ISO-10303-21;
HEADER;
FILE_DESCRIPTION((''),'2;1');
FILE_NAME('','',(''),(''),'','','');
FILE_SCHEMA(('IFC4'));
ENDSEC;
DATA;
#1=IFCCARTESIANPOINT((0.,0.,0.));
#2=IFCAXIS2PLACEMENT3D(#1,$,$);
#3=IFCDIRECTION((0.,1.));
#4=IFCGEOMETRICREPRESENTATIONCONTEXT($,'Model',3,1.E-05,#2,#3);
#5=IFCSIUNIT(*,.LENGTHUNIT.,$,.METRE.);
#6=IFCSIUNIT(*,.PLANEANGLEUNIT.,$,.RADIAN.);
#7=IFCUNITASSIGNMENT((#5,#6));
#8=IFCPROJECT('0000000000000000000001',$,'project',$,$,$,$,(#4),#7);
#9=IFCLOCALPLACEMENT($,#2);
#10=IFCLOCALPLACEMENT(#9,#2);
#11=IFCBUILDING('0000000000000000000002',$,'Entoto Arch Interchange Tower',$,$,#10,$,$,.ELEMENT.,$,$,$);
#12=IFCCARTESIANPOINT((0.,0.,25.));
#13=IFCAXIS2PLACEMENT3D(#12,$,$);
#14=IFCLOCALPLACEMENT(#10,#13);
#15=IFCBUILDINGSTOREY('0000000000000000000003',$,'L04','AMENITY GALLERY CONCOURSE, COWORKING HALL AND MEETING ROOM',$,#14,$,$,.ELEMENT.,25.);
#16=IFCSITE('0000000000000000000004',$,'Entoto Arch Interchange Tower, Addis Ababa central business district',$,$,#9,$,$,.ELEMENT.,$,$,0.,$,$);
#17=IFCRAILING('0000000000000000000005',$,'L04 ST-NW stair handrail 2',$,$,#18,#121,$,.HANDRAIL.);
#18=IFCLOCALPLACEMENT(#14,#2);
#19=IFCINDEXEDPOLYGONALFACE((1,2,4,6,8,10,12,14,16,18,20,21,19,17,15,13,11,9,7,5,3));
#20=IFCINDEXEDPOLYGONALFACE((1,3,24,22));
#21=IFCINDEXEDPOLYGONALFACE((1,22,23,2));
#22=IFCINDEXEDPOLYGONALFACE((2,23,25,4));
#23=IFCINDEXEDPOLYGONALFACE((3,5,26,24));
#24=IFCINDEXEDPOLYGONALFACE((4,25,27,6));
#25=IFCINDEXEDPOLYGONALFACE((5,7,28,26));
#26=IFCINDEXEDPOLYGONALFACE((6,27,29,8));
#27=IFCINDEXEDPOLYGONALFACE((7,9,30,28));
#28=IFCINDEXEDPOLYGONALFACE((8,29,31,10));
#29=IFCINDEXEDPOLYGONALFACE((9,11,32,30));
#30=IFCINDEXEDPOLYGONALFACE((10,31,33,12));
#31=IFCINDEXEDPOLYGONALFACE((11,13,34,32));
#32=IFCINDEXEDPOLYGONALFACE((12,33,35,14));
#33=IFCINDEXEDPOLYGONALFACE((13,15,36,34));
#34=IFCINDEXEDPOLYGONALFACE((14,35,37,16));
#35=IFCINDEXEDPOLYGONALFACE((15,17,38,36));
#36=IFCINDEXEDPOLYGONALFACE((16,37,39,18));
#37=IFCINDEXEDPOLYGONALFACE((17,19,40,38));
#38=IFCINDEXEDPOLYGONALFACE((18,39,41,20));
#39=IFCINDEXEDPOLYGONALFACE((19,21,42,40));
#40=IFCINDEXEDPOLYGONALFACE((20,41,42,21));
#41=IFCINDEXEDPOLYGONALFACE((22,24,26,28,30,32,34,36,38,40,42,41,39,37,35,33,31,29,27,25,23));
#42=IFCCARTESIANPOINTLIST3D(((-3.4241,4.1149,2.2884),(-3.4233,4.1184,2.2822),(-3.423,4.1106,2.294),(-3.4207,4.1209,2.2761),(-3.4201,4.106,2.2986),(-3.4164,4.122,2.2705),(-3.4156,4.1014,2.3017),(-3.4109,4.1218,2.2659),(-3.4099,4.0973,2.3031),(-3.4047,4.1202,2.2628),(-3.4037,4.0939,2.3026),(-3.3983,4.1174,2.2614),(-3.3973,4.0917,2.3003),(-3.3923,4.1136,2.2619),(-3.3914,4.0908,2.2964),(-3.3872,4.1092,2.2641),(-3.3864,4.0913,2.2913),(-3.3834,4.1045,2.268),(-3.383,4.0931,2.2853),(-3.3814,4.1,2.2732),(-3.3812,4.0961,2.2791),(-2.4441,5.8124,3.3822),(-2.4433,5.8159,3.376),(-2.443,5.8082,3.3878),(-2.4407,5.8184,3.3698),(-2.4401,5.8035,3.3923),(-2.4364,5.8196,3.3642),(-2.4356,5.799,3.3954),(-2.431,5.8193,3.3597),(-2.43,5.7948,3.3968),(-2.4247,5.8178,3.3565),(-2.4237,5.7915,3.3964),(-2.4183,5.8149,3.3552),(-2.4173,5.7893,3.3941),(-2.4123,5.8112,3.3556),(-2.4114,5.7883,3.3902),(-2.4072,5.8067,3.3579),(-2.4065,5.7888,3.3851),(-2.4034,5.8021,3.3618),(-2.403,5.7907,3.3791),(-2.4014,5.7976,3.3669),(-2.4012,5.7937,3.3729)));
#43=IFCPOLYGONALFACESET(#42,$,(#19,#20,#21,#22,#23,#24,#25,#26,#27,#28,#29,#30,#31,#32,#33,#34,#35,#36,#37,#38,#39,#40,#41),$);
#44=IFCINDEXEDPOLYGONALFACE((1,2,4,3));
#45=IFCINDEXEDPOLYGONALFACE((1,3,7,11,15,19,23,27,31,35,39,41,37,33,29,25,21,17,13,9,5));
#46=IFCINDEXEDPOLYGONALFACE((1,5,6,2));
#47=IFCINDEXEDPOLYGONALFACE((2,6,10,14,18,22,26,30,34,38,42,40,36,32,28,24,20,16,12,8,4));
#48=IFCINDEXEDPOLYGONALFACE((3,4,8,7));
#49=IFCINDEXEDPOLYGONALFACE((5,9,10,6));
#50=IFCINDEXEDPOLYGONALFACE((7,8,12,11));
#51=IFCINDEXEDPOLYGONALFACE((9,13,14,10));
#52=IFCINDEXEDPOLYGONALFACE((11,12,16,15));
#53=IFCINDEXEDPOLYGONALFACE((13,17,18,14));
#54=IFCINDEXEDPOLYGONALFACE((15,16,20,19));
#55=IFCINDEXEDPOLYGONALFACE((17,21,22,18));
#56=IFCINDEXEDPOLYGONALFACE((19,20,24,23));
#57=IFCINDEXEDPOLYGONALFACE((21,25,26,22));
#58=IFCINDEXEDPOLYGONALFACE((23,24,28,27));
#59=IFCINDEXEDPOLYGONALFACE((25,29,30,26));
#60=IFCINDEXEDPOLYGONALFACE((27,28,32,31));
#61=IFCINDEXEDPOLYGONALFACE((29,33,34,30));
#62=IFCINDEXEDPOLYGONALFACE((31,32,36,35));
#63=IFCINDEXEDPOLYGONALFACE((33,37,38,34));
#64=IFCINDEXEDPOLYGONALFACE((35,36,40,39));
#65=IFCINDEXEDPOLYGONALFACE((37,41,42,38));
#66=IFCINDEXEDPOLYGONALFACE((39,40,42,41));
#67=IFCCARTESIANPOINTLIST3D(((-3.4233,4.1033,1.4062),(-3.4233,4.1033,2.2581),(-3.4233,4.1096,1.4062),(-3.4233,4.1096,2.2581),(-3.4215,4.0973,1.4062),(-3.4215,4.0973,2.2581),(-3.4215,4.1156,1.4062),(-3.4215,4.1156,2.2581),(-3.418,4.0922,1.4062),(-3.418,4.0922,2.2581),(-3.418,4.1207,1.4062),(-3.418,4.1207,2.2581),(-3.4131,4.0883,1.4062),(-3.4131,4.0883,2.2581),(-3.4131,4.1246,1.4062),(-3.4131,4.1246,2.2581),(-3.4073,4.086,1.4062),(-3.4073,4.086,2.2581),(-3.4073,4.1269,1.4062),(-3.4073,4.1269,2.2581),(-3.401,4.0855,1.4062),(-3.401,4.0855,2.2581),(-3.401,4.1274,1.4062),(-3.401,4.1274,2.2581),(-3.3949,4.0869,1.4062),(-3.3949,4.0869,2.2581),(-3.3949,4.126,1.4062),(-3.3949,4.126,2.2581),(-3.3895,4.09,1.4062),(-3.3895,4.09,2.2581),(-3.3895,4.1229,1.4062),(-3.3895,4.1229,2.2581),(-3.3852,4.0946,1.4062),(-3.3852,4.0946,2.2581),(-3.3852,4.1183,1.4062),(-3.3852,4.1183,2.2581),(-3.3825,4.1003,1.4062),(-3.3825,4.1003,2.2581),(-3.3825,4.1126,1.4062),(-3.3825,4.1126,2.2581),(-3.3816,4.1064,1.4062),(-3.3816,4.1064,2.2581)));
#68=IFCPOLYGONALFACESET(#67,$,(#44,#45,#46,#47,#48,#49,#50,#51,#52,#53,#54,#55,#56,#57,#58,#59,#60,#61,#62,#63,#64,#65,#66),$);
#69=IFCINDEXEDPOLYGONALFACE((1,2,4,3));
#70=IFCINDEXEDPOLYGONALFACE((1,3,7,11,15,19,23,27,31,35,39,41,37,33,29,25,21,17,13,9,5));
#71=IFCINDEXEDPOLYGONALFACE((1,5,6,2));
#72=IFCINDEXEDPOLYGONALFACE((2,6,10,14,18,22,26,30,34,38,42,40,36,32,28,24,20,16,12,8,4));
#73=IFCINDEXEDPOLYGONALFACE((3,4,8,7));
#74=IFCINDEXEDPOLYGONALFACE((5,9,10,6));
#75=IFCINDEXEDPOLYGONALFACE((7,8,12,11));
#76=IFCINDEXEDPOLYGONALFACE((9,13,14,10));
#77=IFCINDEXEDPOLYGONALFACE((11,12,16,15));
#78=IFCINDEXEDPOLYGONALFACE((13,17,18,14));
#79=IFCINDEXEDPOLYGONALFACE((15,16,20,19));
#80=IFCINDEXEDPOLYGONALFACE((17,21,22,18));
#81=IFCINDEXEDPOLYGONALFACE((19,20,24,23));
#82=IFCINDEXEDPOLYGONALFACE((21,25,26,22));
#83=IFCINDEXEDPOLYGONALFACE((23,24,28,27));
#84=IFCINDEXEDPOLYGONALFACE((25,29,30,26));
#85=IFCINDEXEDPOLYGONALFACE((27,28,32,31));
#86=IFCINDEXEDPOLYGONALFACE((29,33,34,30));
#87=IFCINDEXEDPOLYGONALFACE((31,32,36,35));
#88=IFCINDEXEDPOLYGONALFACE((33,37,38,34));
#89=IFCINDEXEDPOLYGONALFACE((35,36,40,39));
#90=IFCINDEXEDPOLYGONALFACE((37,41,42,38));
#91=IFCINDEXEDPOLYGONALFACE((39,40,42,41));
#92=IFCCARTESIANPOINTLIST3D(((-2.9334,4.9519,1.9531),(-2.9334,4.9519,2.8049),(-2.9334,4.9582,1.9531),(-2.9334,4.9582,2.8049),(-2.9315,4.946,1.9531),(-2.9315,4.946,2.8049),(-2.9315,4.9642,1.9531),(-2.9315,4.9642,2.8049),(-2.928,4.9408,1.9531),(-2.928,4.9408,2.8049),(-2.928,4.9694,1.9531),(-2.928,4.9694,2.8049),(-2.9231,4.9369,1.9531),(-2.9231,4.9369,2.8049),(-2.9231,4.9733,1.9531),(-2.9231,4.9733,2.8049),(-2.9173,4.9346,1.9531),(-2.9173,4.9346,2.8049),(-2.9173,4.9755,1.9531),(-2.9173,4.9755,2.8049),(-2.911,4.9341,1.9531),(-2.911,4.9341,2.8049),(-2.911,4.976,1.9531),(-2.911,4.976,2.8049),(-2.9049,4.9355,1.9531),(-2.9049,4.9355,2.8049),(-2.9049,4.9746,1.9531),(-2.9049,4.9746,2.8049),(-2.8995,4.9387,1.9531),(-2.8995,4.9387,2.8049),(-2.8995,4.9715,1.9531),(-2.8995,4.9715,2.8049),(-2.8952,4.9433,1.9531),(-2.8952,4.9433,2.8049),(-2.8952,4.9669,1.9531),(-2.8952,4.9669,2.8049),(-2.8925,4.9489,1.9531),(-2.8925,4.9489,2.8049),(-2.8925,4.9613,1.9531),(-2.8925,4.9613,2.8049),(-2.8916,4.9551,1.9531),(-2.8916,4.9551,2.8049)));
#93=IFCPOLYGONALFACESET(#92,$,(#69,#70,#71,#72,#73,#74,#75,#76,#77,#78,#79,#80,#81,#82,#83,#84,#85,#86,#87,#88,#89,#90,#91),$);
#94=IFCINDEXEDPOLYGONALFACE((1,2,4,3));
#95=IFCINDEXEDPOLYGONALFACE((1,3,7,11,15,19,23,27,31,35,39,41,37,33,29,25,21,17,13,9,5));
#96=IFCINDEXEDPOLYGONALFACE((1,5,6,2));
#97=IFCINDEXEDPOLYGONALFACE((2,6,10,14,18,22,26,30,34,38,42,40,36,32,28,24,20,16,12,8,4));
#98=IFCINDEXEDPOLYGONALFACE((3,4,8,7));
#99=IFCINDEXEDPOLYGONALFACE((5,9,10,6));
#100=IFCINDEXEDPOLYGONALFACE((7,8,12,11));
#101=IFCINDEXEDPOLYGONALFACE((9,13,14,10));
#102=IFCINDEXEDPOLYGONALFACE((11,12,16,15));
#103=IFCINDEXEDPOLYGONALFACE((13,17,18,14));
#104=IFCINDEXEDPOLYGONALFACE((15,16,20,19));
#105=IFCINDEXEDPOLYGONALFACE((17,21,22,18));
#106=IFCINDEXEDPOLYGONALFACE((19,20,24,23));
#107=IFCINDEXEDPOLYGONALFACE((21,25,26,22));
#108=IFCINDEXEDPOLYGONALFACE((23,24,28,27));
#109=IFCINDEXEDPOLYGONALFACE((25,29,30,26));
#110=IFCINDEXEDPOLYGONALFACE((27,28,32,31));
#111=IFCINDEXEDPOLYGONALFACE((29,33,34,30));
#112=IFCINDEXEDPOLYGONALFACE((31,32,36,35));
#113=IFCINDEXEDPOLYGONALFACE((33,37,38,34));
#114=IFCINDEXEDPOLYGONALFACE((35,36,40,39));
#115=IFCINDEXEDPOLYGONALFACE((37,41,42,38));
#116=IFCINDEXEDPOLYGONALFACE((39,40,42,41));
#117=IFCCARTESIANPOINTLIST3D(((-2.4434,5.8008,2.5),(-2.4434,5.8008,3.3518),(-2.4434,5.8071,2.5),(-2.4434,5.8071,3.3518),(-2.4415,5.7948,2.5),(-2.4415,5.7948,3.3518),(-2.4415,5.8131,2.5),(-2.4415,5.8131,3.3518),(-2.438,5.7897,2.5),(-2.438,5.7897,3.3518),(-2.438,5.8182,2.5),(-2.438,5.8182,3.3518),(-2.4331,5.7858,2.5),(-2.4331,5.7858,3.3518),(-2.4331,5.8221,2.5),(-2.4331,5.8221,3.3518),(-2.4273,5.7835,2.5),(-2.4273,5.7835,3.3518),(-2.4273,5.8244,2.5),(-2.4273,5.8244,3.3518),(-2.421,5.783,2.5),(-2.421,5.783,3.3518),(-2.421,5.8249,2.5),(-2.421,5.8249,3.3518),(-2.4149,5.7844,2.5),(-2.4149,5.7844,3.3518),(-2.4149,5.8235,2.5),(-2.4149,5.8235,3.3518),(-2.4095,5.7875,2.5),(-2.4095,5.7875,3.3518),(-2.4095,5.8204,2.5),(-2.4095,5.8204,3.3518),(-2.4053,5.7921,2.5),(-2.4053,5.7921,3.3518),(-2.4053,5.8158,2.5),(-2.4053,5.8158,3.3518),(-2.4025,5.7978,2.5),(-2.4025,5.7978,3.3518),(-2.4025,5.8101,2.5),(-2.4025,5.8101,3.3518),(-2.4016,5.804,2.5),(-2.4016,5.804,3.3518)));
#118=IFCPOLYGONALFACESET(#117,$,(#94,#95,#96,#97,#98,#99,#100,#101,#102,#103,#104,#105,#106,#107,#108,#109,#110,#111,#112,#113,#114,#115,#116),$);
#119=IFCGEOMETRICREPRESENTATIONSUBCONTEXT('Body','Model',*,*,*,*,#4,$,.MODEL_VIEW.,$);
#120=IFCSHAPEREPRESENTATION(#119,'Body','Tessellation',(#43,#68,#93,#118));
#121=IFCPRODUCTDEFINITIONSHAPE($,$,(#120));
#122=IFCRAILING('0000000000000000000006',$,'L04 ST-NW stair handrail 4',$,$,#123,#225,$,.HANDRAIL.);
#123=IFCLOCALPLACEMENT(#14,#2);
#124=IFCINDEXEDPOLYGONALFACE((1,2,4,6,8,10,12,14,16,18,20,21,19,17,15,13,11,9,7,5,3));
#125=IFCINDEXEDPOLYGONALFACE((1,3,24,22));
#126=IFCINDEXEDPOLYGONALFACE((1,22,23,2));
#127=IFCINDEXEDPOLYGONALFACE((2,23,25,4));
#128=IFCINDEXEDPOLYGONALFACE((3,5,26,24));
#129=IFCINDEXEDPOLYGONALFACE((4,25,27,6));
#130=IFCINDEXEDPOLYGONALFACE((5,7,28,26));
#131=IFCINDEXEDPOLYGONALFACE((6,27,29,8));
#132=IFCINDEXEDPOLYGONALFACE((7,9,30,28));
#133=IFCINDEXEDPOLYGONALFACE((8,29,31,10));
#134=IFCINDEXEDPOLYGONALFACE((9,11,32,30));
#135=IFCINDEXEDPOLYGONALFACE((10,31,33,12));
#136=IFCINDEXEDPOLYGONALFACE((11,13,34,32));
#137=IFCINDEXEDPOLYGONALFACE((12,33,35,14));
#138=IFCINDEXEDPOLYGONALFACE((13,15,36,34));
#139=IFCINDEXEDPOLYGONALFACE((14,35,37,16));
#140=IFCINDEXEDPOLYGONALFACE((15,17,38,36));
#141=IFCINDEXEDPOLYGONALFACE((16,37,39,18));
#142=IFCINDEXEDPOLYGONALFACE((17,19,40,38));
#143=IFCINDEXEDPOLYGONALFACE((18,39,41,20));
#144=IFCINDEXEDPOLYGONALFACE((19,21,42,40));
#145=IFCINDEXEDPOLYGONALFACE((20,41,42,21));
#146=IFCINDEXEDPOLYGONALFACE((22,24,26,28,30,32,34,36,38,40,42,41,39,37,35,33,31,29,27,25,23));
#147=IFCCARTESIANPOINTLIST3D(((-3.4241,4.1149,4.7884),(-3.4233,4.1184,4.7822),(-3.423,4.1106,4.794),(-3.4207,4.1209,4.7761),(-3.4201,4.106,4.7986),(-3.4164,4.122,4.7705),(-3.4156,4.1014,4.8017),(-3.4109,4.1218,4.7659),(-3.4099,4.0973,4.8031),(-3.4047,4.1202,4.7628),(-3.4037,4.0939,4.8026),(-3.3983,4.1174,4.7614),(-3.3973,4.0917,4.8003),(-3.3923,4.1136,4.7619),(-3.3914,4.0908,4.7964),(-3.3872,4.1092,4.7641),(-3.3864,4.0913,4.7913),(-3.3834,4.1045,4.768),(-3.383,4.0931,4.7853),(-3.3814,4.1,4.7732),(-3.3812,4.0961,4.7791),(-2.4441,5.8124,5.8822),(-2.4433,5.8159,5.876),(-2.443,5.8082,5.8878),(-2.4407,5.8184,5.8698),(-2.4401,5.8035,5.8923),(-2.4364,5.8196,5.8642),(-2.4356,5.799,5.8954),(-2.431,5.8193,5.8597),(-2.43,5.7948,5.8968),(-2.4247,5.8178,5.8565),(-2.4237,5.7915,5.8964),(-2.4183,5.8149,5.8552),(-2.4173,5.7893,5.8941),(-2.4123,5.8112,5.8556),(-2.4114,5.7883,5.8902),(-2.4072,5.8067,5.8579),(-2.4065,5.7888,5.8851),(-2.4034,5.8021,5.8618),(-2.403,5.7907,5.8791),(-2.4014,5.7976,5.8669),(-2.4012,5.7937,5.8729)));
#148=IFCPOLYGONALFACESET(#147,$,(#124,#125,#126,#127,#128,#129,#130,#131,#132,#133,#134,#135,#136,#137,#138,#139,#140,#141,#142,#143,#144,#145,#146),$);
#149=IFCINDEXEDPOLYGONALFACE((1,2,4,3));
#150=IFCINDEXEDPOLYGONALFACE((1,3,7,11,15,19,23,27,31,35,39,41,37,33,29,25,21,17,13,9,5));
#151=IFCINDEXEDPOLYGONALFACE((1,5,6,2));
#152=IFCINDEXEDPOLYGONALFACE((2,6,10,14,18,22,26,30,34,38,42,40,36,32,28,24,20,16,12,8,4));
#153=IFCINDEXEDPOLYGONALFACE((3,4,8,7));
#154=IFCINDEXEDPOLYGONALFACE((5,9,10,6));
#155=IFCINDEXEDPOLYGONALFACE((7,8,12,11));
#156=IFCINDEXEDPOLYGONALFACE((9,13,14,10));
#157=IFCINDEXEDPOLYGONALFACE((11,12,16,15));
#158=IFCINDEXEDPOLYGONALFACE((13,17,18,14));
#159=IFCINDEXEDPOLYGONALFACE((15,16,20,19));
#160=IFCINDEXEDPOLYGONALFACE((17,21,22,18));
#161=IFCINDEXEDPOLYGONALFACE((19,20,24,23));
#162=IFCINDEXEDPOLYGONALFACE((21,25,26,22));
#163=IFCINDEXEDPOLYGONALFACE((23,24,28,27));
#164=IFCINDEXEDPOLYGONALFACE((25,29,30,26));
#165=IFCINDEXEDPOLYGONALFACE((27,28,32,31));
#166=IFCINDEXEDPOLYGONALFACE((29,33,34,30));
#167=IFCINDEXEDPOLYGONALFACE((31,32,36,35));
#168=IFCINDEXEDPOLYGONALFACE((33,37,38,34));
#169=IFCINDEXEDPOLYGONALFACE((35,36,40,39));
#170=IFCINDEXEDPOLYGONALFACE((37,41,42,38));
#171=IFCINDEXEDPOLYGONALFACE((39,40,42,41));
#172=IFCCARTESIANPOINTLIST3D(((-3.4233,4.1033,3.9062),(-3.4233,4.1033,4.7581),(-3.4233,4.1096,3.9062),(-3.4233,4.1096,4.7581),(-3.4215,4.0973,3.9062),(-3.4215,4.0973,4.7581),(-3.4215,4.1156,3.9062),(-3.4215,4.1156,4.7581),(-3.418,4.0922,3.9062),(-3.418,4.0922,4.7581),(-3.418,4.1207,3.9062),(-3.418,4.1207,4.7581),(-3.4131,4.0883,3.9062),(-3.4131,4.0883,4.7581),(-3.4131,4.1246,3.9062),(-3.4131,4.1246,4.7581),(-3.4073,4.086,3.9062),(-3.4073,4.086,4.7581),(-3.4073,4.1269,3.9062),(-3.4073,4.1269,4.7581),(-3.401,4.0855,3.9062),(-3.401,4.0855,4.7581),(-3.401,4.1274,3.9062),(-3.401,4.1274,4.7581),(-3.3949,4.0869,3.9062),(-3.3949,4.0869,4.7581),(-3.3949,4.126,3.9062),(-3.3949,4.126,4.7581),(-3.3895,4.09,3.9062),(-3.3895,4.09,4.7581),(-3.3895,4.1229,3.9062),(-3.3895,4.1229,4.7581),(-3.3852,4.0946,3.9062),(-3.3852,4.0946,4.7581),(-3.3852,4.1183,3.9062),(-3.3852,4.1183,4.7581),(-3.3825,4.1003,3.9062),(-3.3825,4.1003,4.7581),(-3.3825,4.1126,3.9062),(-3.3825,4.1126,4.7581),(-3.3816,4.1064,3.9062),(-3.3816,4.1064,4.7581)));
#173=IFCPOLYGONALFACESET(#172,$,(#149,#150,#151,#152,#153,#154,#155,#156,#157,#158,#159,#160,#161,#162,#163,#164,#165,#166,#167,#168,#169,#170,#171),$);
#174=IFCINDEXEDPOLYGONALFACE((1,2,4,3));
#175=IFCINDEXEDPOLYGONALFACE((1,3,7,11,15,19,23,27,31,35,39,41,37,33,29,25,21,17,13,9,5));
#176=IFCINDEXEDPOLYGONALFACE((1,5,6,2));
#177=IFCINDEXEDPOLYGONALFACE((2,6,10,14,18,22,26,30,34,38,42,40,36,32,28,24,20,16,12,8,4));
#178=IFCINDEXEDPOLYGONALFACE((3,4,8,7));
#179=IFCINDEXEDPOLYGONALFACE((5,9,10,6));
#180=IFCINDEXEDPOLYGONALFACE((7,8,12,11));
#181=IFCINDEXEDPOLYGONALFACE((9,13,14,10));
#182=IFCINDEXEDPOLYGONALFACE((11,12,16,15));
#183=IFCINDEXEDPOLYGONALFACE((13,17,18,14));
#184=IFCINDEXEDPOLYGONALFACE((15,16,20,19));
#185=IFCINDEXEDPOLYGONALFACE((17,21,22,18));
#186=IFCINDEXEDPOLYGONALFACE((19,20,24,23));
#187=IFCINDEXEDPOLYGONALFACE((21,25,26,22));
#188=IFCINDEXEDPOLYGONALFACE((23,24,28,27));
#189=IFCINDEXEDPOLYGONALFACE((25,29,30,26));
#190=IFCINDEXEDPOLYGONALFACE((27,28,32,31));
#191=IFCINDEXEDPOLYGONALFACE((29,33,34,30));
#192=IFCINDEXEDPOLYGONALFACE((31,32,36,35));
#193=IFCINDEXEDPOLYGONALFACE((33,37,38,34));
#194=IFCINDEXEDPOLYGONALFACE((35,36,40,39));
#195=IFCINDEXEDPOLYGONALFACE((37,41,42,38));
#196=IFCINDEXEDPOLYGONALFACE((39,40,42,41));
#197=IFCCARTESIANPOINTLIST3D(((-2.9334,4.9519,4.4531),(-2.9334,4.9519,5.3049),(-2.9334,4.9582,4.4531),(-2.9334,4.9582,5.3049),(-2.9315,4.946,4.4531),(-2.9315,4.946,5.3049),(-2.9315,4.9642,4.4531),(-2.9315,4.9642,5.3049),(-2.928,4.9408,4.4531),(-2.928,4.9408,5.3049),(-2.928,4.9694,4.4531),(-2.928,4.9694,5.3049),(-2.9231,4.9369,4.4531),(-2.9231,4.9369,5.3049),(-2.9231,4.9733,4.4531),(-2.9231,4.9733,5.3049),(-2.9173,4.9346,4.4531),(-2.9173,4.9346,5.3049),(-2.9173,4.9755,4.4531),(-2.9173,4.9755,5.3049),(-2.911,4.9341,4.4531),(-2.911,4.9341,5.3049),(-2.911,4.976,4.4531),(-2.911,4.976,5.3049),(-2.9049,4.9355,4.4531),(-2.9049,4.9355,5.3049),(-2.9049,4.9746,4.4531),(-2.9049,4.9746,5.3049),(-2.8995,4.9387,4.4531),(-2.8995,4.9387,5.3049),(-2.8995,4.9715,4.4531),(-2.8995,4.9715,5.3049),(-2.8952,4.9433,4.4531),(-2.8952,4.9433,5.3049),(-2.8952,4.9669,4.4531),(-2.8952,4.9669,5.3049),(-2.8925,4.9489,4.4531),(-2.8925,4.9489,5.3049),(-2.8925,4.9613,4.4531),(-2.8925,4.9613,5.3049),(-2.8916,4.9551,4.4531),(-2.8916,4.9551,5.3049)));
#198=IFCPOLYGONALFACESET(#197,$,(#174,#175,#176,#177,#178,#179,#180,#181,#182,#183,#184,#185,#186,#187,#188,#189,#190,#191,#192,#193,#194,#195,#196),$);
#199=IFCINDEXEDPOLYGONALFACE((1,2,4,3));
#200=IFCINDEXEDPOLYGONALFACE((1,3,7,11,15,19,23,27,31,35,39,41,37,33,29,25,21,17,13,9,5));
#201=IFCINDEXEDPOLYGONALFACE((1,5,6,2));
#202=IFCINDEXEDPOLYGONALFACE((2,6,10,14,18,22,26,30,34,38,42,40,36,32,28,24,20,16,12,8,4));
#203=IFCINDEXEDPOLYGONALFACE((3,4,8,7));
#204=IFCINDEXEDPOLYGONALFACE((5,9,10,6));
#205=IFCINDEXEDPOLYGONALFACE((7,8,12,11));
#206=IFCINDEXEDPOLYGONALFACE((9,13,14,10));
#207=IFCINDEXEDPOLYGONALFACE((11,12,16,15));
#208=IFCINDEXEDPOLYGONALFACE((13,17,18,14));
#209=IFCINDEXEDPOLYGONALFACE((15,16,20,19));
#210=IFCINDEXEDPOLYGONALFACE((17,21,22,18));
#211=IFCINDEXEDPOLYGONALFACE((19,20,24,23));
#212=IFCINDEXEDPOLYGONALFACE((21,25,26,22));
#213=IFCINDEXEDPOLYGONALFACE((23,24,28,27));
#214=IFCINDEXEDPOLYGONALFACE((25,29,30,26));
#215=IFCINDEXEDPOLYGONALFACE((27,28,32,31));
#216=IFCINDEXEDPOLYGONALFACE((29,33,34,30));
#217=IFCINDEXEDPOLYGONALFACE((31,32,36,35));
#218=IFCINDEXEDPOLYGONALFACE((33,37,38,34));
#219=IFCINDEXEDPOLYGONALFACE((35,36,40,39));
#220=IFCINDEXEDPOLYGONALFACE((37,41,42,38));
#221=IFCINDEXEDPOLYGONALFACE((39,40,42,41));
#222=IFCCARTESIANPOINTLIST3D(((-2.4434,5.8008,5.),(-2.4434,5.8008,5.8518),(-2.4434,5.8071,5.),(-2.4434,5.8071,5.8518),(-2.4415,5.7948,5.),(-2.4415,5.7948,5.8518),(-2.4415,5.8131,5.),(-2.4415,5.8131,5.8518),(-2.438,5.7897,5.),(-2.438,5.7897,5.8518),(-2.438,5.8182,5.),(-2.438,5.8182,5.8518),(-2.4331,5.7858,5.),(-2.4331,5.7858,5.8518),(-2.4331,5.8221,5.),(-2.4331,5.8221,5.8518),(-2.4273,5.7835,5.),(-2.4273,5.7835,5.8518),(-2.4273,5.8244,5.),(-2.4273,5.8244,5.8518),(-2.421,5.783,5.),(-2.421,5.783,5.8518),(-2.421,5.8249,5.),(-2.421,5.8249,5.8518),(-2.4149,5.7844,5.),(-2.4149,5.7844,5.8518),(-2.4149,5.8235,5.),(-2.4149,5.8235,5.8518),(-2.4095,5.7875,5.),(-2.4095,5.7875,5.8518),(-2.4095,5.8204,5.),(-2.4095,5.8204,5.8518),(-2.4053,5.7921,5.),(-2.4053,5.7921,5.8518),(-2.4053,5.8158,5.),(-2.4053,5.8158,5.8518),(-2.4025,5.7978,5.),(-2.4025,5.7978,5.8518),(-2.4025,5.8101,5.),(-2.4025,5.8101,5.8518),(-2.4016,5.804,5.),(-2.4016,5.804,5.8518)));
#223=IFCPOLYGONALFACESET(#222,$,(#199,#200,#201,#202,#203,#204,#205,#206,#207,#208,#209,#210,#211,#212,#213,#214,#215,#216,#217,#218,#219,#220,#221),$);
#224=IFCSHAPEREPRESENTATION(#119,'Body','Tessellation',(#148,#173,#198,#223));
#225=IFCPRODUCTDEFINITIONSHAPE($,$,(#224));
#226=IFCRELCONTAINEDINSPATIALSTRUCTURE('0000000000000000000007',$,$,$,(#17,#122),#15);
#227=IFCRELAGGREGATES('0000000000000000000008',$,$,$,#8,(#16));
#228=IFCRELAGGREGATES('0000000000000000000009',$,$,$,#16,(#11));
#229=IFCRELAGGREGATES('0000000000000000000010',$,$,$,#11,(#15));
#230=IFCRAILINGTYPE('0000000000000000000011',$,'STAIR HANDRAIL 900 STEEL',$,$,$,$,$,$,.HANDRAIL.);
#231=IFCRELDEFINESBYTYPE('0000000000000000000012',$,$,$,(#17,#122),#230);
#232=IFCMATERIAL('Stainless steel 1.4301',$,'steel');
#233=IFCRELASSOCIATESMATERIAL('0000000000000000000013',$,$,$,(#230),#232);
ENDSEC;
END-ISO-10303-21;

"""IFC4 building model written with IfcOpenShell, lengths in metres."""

from ifc_helpers import new_model, si_unit, direction, frame, origin, origin_2d, place, context, subcontext, project, spatial, circle, extrude, material, type_object, element, save


model = new_model("IFC4")

# Units and contexts
model_context = context("Model", 3, precision=1e-05, world=origin(), true_north=direction((0.0, 1.0)))
body_context = subcontext(model_context, "Body", "Model", "MODEL_VIEW")
ifc_project = project(units=[si_unit("LENGTHUNIT", "METRE"), si_unit("PLANEANGLEUNIT", "RADIAN")], contexts=[model_context])

# Site, building, storey
site_placement = place(None, origin())
site = spatial("IfcSite", under=ifc_project, at=site_placement, Name="Entoto Arch Interchange Tower, Addis Ababa central business district", CompositionType="ELEMENT", RefElevation=0.0)
building_placement = place(site_placement, origin())
building = spatial("IfcBuilding", under=site, at=building_placement, Name="Entoto Arch Interchange Tower", CompositionType="ELEMENT")
storey_placement = place(building_placement, frame((0.0, 0.0, 25.0)))
storey = spatial("IfcBuildingStorey", under=building, at=storey_placement, Name="L04", Description="AMENITY GALLERY CONCOURSE, COWORKING HALL AND MEETING ROOM", CompositionType="ELEMENT", Elevation=25.0)

# Railings
ifc_material_1 = material(Name="Stainless steel 1.4301", Category="steel")
railing_type_1 = type_object("IfcRailingType", Name="STAIR HANDRAIL 900 STEEL", PredefinedType="HANDRAIL", material=ifc_material_1)
for number, where, name in (
    (1, (-3.4026, 4.1064, 1.4062), "L04 ST-NW stair handrail 2"),
    (2, (-3.4026, 4.1064, 3.9062), "L04 ST-NW stair handrail 4"),
):
    element("IfcRailing", number, at=place(storey_placement, frame(where)), inside=storey, type_object=railing_type_1, Name=name, PredefinedType="HANDRAIL", context=body_context, shape_type="SweptSolid", body=[
        extrude(circle(Radius=0.0239, at=origin_2d()), frame((0.0, 0.0, 0.876), z_axis=(0.436596, 0.756267, 0.487282), x_axis=(-0.866042, 0.49997, 0.0)), (0.0, 0.0, 1.0), 2.2446),
        extrude(circle(Radius=0.021, at=origin_2d()), origin(), (0.0, 0.0, 1.0), 0.8518),
        extrude(circle(Radius=0.021, at=origin_2d()), frame((0.49, 0.8486, 0.5469)), (0.0, 0.0, 1.0), 0.8518),
        extrude(circle(Radius=0.021, at=origin_2d()), frame((0.98, 1.6975, 1.0938)), (0.0, 0.0, 1.0), 0.8518),
    ])

save(model, "model.ifc")
